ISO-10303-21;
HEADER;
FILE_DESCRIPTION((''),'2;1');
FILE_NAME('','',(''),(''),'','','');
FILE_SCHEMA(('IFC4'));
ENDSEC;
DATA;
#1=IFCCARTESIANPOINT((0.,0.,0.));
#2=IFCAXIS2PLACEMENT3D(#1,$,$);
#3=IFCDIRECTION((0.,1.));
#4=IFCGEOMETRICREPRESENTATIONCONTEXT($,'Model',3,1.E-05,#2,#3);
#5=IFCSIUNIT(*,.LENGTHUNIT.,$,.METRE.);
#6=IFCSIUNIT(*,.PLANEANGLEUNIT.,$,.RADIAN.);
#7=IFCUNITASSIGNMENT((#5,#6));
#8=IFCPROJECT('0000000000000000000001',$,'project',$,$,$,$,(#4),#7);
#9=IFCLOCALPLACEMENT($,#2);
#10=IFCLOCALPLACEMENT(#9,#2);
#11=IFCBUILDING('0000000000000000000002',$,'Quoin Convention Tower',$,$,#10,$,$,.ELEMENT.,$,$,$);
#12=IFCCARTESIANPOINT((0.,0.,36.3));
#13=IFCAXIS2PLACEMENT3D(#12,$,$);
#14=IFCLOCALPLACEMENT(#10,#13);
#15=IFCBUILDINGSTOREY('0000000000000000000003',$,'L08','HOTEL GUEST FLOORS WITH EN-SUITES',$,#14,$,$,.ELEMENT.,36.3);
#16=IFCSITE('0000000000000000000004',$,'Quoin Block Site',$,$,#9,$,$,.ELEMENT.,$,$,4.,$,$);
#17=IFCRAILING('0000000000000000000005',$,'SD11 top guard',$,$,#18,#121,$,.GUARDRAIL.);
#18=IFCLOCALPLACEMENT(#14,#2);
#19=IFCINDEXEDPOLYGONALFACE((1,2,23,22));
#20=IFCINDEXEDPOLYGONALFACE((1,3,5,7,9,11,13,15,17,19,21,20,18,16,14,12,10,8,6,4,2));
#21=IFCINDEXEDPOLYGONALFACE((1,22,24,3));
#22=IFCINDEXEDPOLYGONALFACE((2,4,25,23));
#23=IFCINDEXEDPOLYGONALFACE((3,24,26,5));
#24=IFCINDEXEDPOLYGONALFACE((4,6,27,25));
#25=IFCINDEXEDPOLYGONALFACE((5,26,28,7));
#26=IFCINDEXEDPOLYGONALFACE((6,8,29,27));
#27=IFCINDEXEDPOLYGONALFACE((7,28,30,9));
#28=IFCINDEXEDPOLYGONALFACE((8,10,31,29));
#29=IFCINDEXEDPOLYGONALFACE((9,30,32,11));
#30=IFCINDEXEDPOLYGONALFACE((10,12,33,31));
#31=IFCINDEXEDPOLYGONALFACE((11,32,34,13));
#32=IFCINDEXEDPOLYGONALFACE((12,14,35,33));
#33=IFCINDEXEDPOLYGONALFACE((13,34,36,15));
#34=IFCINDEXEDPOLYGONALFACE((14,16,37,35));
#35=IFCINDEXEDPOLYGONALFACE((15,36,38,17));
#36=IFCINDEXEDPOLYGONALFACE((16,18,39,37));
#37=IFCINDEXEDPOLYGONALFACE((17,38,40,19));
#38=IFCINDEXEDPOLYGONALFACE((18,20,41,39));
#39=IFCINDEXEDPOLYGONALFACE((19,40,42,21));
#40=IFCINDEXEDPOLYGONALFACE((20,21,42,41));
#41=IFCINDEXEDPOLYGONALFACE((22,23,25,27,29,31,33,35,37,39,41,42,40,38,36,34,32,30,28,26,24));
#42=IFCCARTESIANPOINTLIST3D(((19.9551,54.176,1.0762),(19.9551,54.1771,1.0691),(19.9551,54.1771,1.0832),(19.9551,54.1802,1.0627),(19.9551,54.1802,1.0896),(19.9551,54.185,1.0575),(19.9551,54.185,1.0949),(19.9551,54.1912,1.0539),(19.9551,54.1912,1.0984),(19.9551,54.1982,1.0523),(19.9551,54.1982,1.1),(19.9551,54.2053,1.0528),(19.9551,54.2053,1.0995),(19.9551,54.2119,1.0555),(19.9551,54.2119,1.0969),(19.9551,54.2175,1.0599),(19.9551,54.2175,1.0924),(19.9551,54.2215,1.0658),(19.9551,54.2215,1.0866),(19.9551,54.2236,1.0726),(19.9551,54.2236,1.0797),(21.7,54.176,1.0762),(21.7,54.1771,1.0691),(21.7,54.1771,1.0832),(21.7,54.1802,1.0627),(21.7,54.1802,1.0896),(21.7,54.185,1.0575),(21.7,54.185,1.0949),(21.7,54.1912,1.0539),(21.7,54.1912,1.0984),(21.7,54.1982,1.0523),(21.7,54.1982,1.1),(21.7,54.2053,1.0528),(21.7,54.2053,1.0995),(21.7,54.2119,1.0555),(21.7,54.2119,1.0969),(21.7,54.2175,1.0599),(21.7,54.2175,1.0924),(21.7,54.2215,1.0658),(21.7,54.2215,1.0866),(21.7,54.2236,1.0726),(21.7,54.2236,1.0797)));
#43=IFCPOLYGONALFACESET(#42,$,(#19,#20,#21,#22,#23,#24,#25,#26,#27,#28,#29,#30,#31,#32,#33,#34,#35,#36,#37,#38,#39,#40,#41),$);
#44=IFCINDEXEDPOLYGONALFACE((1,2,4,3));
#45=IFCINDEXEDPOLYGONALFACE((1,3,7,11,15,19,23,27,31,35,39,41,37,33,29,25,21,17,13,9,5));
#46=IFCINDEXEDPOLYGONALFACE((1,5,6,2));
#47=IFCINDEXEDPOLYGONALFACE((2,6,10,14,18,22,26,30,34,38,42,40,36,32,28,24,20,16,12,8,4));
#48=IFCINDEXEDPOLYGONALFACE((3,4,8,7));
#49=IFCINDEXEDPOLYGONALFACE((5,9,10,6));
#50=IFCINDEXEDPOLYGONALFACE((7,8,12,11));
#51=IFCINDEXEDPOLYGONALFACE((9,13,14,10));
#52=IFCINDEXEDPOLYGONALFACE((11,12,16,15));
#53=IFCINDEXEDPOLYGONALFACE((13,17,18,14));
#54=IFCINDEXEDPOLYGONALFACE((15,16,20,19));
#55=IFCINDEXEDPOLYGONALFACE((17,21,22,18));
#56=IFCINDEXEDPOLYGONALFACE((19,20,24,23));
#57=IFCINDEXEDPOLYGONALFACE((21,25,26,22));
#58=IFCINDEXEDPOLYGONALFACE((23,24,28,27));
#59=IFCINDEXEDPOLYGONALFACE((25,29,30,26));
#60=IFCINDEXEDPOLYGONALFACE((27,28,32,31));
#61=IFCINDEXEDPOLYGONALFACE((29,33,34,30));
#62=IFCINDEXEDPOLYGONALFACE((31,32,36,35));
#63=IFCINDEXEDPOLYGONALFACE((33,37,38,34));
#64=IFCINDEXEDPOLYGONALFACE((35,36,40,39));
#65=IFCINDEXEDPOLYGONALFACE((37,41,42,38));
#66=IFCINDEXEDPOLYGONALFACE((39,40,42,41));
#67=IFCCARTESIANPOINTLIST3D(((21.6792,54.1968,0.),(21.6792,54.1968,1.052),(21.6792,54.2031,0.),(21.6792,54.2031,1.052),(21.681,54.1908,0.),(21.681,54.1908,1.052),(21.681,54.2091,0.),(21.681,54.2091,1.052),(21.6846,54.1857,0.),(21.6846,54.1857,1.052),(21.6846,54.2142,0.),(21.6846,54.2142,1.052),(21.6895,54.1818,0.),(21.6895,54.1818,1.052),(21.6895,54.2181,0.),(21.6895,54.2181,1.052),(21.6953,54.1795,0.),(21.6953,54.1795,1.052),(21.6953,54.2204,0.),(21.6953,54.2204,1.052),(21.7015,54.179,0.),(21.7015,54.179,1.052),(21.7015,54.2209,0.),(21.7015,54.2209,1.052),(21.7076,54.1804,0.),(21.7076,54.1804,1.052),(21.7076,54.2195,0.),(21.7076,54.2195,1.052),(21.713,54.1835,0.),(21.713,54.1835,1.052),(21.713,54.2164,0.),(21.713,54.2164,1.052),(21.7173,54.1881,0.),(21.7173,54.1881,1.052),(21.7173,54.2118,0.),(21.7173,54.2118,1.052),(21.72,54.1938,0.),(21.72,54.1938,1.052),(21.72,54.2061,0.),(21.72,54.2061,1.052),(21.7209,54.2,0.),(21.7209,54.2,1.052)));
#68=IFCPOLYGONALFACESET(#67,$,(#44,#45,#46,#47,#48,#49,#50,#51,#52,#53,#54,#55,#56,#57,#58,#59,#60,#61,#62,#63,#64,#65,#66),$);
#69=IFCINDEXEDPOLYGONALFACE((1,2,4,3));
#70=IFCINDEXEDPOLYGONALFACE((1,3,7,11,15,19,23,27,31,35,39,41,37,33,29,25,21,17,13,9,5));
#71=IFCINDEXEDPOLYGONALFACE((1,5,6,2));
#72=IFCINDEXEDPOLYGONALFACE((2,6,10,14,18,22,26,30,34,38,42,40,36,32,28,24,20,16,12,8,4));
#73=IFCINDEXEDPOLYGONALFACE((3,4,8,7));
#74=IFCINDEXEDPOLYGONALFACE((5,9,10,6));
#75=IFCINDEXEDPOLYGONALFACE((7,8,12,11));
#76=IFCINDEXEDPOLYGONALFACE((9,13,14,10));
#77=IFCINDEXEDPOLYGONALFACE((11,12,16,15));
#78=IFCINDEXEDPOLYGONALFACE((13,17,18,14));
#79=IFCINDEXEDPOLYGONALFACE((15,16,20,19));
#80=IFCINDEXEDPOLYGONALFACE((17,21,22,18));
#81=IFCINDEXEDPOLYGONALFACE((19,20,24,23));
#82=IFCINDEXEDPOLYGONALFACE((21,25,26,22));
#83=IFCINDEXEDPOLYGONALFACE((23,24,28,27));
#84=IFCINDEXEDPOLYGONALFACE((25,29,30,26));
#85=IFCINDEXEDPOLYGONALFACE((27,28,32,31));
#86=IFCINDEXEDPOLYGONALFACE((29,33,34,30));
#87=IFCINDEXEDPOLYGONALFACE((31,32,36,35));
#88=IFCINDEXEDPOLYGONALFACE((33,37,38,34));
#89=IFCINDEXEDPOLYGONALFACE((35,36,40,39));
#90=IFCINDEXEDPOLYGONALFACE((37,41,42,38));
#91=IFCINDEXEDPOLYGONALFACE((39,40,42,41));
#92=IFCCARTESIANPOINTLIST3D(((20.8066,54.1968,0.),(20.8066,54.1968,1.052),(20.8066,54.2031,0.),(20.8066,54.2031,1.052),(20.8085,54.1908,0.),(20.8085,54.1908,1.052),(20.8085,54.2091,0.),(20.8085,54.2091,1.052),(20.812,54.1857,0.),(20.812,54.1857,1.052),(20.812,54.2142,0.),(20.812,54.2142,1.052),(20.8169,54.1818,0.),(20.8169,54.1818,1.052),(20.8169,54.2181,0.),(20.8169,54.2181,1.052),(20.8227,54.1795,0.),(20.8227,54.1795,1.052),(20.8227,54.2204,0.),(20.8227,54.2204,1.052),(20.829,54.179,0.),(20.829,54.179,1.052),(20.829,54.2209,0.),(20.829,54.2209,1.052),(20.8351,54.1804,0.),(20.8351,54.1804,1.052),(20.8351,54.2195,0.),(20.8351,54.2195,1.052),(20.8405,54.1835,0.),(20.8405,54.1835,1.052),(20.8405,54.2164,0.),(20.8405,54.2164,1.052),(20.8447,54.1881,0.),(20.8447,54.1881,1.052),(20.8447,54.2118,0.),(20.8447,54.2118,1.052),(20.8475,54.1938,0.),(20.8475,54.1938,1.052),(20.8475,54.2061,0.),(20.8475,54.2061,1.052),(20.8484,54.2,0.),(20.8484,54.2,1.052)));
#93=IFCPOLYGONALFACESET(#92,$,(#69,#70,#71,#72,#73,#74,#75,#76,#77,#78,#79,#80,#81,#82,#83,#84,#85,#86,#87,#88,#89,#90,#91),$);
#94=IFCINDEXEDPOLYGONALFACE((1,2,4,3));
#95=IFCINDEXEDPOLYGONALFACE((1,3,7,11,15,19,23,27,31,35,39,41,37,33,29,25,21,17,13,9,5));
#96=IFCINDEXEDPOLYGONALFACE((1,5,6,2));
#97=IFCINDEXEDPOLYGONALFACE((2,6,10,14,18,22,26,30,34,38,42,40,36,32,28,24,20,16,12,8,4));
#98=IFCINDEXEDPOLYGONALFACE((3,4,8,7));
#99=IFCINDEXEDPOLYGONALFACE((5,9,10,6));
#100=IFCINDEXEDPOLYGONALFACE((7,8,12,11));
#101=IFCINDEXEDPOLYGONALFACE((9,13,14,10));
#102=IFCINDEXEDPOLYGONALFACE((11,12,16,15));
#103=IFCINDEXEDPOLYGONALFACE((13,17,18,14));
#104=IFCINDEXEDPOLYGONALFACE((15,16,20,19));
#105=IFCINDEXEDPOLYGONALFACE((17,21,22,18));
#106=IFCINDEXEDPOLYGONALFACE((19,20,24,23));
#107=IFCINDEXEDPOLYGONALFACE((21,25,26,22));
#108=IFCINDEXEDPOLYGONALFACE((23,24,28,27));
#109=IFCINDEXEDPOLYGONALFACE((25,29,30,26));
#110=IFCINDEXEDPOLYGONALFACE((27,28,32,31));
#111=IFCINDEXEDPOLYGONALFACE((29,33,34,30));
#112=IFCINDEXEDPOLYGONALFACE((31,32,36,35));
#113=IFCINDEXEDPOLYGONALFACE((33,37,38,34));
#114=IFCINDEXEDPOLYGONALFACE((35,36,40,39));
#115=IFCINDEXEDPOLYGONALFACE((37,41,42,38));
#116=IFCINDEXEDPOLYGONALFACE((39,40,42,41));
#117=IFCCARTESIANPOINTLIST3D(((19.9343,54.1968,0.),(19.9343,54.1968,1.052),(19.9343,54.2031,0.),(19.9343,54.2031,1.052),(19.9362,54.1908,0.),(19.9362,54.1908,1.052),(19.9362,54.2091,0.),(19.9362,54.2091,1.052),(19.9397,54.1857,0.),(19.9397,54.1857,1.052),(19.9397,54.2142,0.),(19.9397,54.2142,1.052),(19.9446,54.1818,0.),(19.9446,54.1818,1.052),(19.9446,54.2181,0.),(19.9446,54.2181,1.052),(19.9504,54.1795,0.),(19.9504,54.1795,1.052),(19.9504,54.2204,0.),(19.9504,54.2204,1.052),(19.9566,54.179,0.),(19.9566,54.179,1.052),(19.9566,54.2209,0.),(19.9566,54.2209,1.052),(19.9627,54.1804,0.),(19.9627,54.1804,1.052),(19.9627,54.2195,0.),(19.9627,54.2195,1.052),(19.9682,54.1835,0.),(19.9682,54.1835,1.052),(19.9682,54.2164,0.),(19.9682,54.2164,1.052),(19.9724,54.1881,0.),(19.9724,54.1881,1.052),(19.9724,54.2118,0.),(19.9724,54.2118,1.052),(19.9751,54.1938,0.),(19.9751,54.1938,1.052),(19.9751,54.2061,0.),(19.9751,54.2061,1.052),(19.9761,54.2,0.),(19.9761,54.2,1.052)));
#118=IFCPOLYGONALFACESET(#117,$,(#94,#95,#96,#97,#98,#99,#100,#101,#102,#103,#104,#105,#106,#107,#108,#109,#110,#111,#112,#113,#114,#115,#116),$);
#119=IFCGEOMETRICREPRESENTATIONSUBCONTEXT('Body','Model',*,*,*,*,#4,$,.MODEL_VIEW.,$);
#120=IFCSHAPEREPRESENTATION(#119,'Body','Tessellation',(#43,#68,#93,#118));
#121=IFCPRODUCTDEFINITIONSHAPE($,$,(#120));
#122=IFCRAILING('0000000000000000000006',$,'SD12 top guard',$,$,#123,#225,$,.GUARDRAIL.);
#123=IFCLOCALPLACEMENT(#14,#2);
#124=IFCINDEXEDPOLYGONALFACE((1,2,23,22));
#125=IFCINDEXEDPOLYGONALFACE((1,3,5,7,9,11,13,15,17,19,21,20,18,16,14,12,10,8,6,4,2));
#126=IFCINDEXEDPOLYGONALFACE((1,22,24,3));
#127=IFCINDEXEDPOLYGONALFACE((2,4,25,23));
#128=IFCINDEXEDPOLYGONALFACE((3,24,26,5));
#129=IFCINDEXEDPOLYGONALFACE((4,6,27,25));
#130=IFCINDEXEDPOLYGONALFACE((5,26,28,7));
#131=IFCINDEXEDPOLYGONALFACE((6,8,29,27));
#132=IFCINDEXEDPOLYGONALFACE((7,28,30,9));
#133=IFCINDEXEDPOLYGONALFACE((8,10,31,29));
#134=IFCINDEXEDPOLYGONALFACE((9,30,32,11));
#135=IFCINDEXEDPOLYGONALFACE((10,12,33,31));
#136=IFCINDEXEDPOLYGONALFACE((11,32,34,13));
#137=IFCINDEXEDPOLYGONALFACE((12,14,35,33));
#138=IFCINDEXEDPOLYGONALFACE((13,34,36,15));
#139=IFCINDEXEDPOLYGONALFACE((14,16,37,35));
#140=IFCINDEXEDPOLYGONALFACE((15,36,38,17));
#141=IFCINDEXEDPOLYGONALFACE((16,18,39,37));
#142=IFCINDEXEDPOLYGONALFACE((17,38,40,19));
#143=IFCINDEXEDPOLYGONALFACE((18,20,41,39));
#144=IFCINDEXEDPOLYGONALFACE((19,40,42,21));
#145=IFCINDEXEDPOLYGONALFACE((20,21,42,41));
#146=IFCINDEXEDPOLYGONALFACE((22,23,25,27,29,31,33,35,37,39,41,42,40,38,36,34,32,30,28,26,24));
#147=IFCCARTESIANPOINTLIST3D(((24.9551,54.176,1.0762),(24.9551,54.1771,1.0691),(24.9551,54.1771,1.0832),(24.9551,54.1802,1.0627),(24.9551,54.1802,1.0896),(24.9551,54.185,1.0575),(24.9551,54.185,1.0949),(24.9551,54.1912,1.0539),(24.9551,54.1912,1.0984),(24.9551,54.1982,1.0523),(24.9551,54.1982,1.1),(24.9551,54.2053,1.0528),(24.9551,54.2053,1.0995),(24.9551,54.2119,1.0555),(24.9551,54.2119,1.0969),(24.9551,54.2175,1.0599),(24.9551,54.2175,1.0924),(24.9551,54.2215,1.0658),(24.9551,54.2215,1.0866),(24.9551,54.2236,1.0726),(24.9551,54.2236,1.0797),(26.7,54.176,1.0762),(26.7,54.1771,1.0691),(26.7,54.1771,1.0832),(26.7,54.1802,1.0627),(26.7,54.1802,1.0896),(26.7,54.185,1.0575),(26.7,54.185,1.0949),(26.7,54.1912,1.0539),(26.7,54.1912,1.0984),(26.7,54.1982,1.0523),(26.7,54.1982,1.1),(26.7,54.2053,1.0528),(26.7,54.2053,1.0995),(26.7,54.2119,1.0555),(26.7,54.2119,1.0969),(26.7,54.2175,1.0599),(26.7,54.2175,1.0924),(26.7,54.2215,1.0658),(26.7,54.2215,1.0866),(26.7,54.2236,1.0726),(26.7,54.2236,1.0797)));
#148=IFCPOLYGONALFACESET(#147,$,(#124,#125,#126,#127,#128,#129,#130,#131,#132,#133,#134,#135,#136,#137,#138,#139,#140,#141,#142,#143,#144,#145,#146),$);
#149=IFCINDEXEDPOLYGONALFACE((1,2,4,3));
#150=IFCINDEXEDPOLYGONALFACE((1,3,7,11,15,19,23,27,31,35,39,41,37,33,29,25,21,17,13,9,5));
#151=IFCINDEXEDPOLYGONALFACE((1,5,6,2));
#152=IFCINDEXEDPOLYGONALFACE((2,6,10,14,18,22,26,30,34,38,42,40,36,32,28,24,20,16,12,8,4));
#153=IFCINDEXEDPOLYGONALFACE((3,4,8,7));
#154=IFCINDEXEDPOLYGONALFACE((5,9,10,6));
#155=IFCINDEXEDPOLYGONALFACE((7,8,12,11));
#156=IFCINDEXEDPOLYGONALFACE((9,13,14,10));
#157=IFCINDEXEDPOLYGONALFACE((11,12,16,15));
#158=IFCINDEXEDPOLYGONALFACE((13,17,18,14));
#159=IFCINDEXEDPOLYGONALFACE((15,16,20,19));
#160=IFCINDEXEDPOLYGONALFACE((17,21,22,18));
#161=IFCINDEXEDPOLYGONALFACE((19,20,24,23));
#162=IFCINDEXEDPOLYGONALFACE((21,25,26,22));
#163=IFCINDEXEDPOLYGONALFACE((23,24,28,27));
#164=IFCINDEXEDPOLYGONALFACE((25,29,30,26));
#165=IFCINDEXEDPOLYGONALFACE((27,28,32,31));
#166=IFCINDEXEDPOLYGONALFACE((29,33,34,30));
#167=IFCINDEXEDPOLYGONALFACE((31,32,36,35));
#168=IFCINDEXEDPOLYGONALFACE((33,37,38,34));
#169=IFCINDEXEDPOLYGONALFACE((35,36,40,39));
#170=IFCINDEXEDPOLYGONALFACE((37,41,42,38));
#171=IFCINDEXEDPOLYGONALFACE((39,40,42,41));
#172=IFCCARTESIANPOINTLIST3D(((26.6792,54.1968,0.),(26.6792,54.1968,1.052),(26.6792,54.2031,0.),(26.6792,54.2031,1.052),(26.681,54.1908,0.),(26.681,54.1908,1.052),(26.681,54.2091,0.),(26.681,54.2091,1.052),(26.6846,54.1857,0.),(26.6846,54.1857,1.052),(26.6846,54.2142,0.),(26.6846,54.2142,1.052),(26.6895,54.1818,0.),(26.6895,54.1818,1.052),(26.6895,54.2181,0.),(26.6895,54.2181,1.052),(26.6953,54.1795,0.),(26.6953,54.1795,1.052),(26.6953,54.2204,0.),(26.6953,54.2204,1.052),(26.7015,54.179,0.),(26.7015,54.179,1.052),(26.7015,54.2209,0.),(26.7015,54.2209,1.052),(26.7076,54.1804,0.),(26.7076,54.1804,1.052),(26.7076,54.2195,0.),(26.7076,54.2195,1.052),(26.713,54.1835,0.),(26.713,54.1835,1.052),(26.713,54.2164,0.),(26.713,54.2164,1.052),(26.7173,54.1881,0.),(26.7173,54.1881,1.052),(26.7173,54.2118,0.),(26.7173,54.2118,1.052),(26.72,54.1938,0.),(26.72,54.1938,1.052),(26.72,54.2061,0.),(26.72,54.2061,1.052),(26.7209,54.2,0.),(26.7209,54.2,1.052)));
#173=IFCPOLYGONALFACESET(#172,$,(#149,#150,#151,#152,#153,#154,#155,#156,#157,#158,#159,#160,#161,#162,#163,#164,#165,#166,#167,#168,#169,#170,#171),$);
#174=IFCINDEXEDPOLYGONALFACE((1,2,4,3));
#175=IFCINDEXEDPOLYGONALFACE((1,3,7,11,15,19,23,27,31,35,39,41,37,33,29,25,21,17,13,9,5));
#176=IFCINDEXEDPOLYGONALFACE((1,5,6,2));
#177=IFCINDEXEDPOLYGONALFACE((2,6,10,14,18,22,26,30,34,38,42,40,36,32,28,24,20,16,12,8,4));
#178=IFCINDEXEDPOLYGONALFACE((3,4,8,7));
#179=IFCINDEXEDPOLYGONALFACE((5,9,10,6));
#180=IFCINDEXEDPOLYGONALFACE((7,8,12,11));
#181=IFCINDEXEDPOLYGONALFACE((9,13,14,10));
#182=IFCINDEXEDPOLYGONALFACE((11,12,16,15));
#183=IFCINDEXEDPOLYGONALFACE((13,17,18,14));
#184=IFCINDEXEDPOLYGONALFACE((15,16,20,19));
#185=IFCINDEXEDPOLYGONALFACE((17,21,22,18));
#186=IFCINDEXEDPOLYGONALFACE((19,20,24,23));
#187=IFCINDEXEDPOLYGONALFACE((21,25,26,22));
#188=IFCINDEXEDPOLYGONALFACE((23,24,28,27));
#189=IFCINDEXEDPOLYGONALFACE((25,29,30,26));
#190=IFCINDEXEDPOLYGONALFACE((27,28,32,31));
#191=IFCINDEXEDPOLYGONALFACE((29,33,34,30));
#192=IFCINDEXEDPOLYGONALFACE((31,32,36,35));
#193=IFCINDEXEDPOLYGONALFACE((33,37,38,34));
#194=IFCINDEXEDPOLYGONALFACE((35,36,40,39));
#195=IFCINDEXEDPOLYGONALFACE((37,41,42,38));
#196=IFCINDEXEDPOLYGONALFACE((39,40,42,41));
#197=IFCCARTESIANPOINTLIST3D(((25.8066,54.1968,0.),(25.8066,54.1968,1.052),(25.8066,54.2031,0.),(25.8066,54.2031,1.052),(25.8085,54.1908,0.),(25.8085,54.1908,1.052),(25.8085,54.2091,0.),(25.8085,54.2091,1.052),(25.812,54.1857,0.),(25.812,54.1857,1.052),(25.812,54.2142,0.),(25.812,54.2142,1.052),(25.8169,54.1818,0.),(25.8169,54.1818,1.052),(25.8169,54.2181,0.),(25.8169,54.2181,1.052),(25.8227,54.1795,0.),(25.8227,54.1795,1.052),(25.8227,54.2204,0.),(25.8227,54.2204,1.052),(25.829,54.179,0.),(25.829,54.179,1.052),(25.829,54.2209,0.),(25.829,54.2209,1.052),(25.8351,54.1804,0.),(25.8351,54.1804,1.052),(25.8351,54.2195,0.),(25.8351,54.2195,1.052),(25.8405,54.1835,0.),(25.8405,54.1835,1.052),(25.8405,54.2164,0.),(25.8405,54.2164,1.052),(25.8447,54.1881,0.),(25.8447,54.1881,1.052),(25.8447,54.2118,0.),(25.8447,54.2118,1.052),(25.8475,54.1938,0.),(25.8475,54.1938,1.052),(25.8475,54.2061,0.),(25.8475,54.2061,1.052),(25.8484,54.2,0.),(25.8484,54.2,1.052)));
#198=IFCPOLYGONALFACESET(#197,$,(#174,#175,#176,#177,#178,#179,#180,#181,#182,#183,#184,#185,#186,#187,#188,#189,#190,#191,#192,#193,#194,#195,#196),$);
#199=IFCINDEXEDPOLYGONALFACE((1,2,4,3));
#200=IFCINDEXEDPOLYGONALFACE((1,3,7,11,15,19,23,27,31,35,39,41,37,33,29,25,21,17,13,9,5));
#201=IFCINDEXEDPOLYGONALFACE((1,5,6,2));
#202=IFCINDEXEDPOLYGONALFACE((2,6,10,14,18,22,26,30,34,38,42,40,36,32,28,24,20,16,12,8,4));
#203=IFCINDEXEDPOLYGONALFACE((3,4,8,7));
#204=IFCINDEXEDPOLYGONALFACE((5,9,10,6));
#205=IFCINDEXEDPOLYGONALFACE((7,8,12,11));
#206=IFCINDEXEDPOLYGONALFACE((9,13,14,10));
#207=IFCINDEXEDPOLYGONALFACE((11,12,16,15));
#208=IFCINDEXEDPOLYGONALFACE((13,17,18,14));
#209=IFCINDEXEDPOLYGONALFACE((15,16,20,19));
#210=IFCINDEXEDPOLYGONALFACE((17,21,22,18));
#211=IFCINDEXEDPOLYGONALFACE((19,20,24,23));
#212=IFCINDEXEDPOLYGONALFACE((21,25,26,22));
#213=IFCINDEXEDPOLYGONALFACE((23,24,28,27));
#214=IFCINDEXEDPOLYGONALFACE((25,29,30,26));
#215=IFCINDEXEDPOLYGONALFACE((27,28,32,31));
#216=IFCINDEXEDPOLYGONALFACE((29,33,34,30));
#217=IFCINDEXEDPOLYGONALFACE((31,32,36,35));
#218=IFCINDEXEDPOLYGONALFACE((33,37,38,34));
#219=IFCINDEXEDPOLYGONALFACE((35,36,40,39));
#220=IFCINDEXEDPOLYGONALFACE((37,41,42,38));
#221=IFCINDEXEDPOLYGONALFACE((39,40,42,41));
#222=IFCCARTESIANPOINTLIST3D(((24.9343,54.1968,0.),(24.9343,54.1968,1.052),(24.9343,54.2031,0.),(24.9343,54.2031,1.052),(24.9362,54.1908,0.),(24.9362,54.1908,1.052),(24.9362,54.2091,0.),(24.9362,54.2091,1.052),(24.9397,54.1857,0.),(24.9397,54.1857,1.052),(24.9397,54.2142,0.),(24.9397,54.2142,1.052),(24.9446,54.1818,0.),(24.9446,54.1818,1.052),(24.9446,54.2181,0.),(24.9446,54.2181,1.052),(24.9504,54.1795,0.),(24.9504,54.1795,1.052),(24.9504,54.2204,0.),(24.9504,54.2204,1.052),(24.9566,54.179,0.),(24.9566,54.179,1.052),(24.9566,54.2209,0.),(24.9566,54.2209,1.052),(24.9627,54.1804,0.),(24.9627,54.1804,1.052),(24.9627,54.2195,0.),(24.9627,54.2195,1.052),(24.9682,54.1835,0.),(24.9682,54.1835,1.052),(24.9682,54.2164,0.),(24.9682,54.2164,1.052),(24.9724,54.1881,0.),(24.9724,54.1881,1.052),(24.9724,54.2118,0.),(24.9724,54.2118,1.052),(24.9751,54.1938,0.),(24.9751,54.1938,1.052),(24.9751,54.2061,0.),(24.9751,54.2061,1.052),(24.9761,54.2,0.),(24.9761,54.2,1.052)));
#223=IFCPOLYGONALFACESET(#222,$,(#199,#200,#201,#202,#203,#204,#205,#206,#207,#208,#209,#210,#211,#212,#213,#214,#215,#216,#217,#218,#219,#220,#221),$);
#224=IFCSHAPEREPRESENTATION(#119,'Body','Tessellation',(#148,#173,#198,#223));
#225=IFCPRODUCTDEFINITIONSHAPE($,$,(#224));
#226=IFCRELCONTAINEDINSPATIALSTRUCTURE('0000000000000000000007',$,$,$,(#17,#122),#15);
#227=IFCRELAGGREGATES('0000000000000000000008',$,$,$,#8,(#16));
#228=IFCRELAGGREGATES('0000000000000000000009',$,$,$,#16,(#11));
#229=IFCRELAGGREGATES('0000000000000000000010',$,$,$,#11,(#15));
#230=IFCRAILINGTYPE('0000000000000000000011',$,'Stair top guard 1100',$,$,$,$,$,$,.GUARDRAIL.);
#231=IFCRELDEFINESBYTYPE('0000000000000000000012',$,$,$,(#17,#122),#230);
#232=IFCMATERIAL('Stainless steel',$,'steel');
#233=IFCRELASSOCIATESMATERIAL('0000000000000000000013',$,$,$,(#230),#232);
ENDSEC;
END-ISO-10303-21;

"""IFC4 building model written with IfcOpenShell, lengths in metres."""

from ifc_helpers import new_model, si_unit, direction, frame, origin, origin_2d, place, context, subcontext, project, spatial, circle, extrude, material, type_object, element, save


model = new_model("IFC4")

# Units and contexts
model_context = context("Model", 3, precision=1e-05, world=origin(), true_north=direction((0.0, 1.0)))
body_context = subcontext(model_context, "Body", "Model", "MODEL_VIEW")
ifc_project = project(units=[si_unit("LENGTHUNIT", "METRE"), si_unit("PLANEANGLEUNIT", "RADIAN")], contexts=[model_context])

# Site, building, storey
site_placement = place(None, origin())
site = spatial("IfcSite", under=ifc_project, at=site_placement, Name="Quoin Block Site", CompositionType="ELEMENT", RefElevation=4.0)
building_placement = place(site_placement, origin())
building = spatial("IfcBuilding", under=site, at=building_placement, Name="Quoin Convention Tower", CompositionType="ELEMENT")
storey_placement = place(building_placement, frame((0.0, 0.0, 36.3)))
storey = spatial("IfcBuildingStorey", under=building, at=storey_placement, Name="L08", Description="HOTEL GUEST FLOORS WITH EN-SUITES", CompositionType="ELEMENT", Elevation=36.3)

# Railings
ifc_material_1 = material(Name="Stainless steel", Category="steel")
railing_type_1 = type_object("IfcRailingType", Name="Stair top guard 1100", PredefinedType="GUARDRAIL", material=ifc_material_1)
for number, where, name in (
    (1, (21.7, 54.2, 0.0), "SD11 top guard"),
    (2, (26.7, 54.2, 0.0), "SD12 top guard"),
):
    element("IfcRailing", number, at=place(storey_placement, frame(where)), inside=storey, type_object=railing_type_1, Name=name, PredefinedType="GUARDRAIL", context=body_context, shape_type="SweptSolid", body=[
        extrude(circle(Radius=0.0239, at=origin_2d()), frame((0.0, 0.0, 1.0762), z_axis=(-1.0, 0.0, 0.0), x_axis=(0.0, -1.0, 0.0)), (0.0, 0.0, 1.0), 1.7449),
        extrude(circle(Radius=0.021, at=origin_2d()), origin(), (0.0, 0.0, 1.0), 1.052),
        extrude(circle(Radius=0.021, at=origin_2d()), frame((-0.8726, 0.0, 0.0)), (0.0, 0.0, 1.0), 1.052),
        extrude(circle(Radius=0.021, at=origin_2d()), frame((-1.7449, 0.0, 0.0)), (0.0, 0.0, 1.0), 1.052),
    ])

save(model, "model.ifc")
